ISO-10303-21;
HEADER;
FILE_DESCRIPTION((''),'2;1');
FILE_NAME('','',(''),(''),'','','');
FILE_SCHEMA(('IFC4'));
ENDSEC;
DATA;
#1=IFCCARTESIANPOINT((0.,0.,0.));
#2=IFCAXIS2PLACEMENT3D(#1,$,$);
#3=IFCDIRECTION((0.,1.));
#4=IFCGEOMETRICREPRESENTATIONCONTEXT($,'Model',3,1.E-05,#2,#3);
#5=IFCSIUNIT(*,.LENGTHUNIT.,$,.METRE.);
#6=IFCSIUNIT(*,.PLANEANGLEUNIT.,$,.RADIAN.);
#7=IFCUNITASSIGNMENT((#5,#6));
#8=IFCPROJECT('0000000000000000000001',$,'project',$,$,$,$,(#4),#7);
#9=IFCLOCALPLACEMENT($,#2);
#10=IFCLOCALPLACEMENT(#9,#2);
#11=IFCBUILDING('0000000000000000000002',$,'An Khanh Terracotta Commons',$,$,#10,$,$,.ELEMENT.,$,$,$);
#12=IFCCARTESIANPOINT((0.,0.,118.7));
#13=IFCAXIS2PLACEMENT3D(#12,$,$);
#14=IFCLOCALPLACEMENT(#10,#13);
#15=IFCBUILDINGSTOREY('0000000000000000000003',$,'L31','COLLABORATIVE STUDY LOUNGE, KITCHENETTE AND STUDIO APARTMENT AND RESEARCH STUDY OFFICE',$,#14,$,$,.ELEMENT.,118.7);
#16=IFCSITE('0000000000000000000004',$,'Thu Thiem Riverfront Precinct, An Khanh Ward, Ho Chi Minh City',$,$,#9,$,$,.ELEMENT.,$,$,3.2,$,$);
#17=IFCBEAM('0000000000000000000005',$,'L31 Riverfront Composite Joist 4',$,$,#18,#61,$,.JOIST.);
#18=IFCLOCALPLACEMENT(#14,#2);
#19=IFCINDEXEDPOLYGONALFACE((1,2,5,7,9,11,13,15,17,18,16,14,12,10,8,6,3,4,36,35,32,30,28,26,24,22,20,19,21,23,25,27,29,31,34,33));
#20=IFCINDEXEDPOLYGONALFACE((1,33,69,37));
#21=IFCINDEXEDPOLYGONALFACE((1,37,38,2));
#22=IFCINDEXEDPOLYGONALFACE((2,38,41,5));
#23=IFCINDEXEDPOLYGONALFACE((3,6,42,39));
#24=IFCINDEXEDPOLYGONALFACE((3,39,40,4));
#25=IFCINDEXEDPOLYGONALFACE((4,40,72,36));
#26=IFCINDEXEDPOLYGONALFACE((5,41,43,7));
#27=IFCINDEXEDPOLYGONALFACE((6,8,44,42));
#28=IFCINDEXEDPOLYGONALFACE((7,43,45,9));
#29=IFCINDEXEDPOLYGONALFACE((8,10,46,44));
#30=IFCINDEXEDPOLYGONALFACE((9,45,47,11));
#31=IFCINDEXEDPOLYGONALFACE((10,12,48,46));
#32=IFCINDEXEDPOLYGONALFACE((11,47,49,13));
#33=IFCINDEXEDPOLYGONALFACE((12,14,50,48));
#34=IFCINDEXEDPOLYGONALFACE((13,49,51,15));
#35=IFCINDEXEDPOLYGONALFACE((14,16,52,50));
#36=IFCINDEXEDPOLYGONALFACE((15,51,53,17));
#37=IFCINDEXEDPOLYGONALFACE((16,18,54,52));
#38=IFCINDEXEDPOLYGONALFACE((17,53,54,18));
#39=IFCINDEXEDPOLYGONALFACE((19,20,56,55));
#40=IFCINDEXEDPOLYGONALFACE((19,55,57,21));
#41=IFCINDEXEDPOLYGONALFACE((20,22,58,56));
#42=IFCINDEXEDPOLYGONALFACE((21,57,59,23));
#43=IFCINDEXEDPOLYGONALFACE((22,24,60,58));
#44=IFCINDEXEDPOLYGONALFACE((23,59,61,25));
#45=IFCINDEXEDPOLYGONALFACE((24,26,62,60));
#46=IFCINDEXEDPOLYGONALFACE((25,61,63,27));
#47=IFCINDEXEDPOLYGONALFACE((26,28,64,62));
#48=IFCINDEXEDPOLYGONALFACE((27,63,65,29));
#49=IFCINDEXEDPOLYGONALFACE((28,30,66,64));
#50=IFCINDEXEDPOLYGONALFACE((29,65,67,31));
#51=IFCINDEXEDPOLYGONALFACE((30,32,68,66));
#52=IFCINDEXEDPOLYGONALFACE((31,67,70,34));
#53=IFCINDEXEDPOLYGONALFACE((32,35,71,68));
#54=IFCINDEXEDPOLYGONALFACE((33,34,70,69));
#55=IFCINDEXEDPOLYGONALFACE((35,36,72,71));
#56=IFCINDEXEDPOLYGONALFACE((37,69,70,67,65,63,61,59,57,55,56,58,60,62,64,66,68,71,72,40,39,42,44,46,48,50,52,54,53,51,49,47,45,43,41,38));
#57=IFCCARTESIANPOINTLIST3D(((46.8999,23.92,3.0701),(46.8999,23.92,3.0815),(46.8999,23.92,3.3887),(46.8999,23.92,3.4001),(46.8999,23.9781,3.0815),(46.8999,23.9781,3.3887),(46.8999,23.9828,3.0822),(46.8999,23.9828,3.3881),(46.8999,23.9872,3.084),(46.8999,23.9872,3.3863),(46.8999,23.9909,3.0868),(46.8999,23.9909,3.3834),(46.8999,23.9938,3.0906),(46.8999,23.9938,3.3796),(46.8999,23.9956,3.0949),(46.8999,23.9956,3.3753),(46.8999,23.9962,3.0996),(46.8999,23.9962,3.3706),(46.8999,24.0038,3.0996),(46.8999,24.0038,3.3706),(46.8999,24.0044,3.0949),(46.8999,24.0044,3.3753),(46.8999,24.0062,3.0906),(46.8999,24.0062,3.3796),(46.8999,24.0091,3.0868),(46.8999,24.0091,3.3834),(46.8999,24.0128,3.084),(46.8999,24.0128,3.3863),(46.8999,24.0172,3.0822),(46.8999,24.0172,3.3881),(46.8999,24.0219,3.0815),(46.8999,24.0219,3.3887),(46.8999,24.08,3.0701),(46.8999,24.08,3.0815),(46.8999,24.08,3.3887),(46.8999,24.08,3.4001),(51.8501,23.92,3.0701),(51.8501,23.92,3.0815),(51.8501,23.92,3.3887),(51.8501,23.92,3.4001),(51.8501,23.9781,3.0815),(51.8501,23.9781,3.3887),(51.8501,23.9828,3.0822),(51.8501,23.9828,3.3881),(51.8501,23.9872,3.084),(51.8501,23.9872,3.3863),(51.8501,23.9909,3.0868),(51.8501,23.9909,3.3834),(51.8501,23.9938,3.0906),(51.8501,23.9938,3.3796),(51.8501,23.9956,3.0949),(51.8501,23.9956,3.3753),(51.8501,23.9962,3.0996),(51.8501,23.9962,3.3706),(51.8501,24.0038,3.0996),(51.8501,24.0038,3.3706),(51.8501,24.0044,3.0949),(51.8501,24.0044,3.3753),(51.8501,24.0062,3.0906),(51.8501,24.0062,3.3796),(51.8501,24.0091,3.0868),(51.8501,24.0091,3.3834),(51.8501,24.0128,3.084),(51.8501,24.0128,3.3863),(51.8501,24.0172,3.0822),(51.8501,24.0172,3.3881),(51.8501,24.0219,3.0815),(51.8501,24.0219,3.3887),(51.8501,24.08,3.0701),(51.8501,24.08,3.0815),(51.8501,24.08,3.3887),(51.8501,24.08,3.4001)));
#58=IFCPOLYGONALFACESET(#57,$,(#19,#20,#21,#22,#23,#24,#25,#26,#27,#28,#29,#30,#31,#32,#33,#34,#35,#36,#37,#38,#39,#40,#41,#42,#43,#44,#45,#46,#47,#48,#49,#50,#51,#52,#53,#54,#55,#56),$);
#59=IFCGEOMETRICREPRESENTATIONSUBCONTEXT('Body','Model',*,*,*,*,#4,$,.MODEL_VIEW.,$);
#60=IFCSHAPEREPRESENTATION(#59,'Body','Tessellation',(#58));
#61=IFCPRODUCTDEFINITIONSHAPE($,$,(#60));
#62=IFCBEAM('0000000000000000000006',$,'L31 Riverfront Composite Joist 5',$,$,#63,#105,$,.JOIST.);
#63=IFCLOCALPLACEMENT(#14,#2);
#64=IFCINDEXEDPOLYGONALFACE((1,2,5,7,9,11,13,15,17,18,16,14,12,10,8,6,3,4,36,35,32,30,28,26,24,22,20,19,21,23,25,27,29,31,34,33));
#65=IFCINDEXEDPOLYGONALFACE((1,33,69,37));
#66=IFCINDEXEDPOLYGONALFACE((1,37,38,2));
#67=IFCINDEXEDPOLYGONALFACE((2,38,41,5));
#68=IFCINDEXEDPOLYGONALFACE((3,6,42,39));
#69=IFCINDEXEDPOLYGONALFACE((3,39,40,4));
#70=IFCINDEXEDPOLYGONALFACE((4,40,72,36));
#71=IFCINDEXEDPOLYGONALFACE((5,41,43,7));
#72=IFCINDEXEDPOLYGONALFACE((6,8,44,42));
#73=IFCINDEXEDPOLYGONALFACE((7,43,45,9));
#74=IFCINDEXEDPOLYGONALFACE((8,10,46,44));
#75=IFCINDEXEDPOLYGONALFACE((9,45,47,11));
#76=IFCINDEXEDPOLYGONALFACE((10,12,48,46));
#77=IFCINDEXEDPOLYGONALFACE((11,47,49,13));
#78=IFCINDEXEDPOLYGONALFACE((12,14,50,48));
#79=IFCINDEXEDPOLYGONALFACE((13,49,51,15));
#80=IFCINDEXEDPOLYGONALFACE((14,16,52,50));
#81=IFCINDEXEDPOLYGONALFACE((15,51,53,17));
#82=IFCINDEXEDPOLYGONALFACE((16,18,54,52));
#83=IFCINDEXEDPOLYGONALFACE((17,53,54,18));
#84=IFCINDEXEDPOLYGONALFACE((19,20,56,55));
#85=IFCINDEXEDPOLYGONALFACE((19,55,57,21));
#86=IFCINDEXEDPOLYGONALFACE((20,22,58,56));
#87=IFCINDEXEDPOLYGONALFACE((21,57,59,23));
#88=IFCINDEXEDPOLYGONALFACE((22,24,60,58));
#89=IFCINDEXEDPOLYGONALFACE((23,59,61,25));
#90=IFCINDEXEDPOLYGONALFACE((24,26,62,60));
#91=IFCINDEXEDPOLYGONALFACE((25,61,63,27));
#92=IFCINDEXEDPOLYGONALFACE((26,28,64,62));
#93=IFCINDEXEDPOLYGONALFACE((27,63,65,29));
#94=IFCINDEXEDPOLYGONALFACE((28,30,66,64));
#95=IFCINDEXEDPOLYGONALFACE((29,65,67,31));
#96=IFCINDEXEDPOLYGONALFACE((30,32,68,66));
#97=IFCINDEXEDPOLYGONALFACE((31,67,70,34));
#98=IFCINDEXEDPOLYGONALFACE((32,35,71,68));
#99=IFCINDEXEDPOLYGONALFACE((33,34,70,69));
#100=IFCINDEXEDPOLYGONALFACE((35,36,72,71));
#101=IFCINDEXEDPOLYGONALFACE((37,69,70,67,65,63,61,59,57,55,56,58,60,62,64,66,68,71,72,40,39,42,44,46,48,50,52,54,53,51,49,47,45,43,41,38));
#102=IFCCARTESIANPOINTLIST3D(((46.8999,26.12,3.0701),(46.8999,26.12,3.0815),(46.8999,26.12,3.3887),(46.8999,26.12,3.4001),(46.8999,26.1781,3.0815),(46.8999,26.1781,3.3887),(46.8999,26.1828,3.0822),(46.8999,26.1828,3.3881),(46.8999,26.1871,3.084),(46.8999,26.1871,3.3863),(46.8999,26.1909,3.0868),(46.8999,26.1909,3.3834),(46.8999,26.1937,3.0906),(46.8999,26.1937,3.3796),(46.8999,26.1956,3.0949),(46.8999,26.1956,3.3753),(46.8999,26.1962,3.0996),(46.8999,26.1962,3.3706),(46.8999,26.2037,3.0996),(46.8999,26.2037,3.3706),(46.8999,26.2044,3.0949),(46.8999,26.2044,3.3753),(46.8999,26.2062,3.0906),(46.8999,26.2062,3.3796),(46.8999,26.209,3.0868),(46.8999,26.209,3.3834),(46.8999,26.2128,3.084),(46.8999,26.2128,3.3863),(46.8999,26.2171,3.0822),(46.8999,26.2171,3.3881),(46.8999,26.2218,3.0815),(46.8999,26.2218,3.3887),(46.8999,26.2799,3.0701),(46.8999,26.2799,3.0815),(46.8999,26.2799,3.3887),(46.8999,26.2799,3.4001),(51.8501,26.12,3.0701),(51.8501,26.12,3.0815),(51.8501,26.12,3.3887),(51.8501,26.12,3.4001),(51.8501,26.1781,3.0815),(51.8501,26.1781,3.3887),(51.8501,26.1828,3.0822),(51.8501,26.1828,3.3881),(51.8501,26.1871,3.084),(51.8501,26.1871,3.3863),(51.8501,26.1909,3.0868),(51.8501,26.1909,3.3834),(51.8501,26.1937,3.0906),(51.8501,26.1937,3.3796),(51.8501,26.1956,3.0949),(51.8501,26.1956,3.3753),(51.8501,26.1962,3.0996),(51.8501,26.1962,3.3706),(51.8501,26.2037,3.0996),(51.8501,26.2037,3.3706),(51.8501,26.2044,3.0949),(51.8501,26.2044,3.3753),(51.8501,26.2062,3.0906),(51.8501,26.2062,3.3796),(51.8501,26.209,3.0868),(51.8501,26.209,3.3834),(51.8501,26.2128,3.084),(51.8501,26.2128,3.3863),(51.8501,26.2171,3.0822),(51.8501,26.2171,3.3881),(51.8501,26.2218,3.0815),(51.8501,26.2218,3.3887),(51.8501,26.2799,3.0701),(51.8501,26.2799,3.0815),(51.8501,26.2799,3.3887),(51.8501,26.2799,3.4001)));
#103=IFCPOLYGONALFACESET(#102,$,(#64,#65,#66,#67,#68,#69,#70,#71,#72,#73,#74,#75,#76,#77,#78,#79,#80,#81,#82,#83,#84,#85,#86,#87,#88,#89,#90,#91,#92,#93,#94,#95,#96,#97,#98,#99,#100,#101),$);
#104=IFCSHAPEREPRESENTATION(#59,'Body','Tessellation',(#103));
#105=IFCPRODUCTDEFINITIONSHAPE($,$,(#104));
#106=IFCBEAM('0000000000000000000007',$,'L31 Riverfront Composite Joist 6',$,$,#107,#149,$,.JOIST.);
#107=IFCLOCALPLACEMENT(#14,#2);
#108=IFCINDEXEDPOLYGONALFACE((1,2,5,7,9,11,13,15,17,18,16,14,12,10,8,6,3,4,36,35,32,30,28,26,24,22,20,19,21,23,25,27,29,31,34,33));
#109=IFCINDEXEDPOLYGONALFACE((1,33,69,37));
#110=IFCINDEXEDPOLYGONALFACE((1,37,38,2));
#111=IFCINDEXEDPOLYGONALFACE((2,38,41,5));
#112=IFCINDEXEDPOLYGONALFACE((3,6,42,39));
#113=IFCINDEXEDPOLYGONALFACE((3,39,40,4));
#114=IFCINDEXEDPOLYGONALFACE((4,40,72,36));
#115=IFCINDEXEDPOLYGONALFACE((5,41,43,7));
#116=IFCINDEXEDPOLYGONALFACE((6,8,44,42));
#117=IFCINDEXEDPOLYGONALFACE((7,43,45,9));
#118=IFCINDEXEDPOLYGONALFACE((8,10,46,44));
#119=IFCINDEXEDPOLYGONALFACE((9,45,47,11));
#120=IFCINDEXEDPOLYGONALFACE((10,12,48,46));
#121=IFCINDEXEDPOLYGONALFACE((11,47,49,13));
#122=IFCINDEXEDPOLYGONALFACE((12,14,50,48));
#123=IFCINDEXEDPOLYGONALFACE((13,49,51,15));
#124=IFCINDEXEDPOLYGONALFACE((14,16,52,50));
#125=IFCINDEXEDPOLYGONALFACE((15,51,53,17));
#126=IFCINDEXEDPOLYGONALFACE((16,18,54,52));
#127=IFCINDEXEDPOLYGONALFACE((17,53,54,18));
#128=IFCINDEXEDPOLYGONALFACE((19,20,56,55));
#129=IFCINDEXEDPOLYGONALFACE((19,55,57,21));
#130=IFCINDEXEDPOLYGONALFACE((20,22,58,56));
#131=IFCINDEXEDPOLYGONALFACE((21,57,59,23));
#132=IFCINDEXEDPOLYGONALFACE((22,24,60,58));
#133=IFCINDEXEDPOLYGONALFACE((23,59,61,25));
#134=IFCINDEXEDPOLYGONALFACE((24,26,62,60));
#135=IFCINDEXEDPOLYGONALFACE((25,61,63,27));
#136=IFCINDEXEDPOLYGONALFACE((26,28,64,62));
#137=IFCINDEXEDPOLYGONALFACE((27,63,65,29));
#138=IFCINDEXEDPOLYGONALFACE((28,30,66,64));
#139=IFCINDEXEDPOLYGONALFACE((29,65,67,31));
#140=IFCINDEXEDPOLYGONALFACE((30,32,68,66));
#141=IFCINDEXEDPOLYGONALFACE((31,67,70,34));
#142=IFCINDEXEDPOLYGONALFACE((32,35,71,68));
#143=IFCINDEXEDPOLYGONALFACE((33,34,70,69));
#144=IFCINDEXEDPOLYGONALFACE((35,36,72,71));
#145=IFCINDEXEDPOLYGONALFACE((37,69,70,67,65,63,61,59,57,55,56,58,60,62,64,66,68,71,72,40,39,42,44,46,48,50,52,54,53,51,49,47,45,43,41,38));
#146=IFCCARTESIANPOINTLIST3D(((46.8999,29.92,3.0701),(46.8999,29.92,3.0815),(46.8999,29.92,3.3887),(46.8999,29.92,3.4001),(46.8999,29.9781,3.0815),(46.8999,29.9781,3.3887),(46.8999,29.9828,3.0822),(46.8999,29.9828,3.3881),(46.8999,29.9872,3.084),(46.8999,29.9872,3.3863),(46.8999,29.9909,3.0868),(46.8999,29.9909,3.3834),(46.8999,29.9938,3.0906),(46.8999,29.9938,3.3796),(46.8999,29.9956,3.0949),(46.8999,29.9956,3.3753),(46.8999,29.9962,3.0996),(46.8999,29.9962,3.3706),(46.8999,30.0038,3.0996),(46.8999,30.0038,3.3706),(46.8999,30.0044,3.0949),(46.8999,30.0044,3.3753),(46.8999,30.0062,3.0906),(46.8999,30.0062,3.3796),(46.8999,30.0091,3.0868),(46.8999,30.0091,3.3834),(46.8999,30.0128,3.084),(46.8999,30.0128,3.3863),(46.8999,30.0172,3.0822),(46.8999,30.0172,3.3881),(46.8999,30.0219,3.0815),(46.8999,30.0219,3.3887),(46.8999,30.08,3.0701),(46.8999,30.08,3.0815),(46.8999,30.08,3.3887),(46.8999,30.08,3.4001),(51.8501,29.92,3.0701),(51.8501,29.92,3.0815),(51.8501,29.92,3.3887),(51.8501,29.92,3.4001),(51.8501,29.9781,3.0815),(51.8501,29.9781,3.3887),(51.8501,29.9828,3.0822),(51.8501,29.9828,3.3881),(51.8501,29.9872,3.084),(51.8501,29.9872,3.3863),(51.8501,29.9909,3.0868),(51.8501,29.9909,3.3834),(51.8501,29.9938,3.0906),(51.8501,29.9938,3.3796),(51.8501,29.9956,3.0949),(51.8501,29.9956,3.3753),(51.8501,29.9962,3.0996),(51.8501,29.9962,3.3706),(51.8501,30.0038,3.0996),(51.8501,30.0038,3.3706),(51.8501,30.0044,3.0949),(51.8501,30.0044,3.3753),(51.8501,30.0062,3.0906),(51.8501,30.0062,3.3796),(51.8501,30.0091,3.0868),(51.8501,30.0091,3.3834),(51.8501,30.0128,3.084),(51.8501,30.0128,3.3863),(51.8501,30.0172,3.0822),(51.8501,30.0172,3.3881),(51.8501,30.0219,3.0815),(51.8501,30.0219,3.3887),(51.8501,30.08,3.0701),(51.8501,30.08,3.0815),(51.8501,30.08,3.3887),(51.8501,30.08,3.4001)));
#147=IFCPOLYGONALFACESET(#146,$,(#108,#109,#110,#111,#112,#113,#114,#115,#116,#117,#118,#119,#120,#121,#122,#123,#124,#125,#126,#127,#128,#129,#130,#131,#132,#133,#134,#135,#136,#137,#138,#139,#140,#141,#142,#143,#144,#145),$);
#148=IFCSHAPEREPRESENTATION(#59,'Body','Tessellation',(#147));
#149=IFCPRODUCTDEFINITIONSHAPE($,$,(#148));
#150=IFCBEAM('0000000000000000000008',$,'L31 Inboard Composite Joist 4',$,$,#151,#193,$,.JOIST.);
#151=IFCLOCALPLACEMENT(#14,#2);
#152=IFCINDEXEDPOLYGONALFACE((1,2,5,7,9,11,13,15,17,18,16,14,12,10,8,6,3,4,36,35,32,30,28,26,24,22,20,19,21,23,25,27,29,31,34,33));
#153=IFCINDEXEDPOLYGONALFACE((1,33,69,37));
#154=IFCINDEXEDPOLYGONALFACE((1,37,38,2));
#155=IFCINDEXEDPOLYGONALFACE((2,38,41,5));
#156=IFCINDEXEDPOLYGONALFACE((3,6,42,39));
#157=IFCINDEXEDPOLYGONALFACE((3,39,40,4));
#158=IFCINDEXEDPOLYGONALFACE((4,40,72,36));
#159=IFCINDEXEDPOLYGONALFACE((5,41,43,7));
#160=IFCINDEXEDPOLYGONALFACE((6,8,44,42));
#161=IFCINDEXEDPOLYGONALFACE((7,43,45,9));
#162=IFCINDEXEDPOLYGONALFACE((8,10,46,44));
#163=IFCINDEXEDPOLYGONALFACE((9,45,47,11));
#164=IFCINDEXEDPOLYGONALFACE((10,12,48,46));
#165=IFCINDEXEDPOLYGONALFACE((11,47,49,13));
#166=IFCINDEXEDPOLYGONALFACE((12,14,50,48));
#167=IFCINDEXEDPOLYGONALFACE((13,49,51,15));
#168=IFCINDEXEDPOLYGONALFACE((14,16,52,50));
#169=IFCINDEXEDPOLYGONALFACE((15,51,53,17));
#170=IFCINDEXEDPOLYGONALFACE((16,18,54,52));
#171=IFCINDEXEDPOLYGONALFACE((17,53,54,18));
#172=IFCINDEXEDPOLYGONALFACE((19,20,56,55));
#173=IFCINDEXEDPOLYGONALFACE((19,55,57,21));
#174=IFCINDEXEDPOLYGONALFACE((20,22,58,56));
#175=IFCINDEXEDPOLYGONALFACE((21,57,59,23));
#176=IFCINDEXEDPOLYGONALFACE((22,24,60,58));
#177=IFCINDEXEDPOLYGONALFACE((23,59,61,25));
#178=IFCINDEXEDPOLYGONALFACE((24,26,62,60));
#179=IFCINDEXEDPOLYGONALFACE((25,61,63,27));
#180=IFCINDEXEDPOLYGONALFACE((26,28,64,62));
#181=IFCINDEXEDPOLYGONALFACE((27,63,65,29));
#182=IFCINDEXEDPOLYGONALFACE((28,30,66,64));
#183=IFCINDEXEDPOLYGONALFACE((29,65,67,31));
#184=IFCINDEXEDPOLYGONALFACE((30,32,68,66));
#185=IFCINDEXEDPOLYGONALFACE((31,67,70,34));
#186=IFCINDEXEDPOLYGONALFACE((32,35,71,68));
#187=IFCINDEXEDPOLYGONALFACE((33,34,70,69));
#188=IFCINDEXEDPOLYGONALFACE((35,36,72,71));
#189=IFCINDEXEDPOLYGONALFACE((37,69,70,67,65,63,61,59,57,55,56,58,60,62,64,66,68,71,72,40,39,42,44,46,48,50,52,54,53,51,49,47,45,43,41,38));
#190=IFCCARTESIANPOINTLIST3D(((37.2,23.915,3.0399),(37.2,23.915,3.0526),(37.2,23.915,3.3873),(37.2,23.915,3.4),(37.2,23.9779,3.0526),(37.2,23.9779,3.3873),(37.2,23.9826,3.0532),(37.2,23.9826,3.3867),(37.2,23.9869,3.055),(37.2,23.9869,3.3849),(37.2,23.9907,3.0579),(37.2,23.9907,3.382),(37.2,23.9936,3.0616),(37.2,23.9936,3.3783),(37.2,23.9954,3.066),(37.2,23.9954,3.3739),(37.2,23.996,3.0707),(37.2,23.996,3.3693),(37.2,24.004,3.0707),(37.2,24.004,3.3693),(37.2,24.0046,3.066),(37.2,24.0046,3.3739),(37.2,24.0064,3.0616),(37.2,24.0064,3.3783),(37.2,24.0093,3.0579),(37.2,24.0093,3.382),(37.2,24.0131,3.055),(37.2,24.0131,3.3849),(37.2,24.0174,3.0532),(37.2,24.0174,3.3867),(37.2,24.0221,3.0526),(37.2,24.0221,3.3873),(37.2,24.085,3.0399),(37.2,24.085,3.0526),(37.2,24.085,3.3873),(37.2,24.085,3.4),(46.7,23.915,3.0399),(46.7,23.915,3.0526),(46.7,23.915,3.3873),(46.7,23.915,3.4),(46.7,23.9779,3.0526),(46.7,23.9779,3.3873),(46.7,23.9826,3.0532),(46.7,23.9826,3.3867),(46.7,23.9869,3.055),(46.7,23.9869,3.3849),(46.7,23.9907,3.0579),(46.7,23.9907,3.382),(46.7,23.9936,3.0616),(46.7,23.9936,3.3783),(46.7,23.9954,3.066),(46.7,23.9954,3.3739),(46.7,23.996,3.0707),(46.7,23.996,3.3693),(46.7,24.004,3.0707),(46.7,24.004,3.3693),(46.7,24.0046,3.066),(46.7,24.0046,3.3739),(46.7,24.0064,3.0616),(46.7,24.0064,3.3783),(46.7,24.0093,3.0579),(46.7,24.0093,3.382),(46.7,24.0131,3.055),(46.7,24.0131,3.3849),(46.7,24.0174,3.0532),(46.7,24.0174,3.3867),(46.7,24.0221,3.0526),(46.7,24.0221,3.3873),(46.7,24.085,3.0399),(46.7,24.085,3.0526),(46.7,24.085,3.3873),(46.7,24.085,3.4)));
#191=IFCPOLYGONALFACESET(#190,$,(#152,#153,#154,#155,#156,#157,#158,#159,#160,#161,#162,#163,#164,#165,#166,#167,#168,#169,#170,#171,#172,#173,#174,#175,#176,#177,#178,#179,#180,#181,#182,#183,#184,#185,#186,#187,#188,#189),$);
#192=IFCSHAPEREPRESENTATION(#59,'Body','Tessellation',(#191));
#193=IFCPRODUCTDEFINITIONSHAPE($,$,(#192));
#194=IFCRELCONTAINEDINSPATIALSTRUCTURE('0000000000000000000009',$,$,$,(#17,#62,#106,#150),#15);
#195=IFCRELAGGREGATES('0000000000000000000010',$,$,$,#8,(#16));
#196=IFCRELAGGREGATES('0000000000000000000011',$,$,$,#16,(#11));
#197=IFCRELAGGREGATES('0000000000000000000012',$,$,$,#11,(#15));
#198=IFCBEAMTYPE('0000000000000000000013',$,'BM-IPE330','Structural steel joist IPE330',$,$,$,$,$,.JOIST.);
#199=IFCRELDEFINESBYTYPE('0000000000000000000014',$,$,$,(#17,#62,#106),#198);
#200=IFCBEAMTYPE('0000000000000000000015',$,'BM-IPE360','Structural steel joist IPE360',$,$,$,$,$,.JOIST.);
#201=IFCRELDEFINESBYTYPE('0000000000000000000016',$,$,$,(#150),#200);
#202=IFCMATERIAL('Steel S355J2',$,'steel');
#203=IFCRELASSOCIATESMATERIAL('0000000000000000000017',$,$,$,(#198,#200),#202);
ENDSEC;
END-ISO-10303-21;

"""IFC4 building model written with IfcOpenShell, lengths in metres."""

from ifc_helpers import new_model, si_unit, direction, frame, origin, origin_2d, place, context, subcontext, project, spatial, i_section, extrude, material, material_profile, profile_set, type_object, element, save


model = new_model("IFC4")

# Units and contexts
model_context = context("Model", 3, precision=1e-05, world=origin(), true_north=direction((0.0, 1.0)))
body_context = subcontext(model_context, "Body", "Model", "MODEL_VIEW")
ifc_project = project(units=[si_unit("LENGTHUNIT", "METRE"), si_unit("PLANEANGLEUNIT", "RADIAN")], contexts=[model_context])

# Site, building, storey
site_placement = place(None, origin())
site = spatial("IfcSite", under=ifc_project, at=site_placement, Name="Thu Thiem Riverfront Precinct, An Khanh Ward, Ho Chi Minh City", CompositionType="ELEMENT", RefElevation=3.2)
building_placement = place(site_placement, origin())
building = spatial("IfcBuilding", under=site, at=building_placement, Name="An Khanh Terracotta Commons", CompositionType="ELEMENT")
storey_placement = place(building_placement, frame((0.0, 0.0, 118.7)))
storey = spatial("IfcBuildingStorey", under=building, at=storey_placement, Name="L31", Description="COLLABORATIVE STUDY LOUNGE, KITCHENETTE AND STUDIO APARTMENT AND RESEARCH STUDY OFFICE", CompositionType="ELEMENT", Elevation=118.7)

# Beams
ifc_material_1 = material(Name="Steel S355J2", Category="steel")
ifc_material_profile_1 = material_profile(ifc_material_1, i_section(OverallWidth=0.1599, OverallDepth=0.3301, WebThickness=0.0076, FlangeThickness=0.0115, FilletRadius=0.0181, at=origin_2d()), Name="IPE330")
ifc_profile_set_1 = profile_set([ifc_material_profile_1], Name="Steel S355J2")
beam_type_1 = type_object("IfcBeamType", Name="BM-IPE330", Description="Structural steel joist IPE330", PredefinedType="JOIST", material=ifc_profile_set_1)
for number, where, z_axis, x_axis, name in (
    (1, (46.8999, 24.0, 3.2351), (1.0, 0.0, 0.0), (0.0, 1.0, 0.0), "L31 Riverfront Composite Joist 4"),
    (2, (46.8999, 26.2, 3.2351), (1.0, 0.0, 0.0), (0.0, 1.0, 0.0), "L31 Riverfront Composite Joist 5"),
    (3, (46.8999, 30.0, 3.2351), (1.0, 0.0, 0.0), (0.0, 1.0, 0.0), "L31 Riverfront Composite Joist 6"),
):
    element("IfcBeam", number, at=place(storey_placement, frame(where, z_axis=z_axis, x_axis=x_axis)), inside=storey, type_object=beam_type_1, Name=name, PredefinedType="JOIST", context=body_context, shape_type="SweptSolid", body=[
        extrude(i_section(OverallWidth=0.1599, OverallDepth=0.3301, WebThickness=0.0076, FlangeThickness=0.0115, FilletRadius=0.0181, at=origin_2d()), origin(), (0.0, 0.0, 1.0), 4.9502),
    ])
ifc_material_profile_2 = material_profile(ifc_material_1, i_section(OverallWidth=0.1699, OverallDepth=0.3601, WebThickness=0.0081, FlangeThickness=0.0127, FilletRadius=0.0181, at=origin_2d()), Name="IPE360")
ifc_profile_set_2 = profile_set([ifc_material_profile_2], Name="Steel S355J2")
beam_type_2 = type_object("IfcBeamType", Name="BM-IPE360", Description="Structural steel joist IPE360", PredefinedType="JOIST", material=ifc_profile_set_2)
for number, where, z_axis, x_axis, name in (
    (4, (37.2, 24.0, 3.22), (1.0, 0.0, 0.0), (0.0, 1.0, 0.0), "L31 Inboard Composite Joist 4"),
):
    element("IfcBeam", number, at=place(storey_placement, frame(where, z_axis=z_axis, x_axis=x_axis)), inside=storey, type_object=beam_type_2, Name=name, PredefinedType="JOIST", context=body_context, shape_type="SweptSolid", body=[
        extrude(i_section(OverallWidth=0.1699, OverallDepth=0.3601, WebThickness=0.0081, FlangeThickness=0.0127, FilletRadius=0.0181, at=origin_2d()), origin(), (0.0, 0.0, 1.0), 9.5),
    ])

save(model, "model.ifc")
